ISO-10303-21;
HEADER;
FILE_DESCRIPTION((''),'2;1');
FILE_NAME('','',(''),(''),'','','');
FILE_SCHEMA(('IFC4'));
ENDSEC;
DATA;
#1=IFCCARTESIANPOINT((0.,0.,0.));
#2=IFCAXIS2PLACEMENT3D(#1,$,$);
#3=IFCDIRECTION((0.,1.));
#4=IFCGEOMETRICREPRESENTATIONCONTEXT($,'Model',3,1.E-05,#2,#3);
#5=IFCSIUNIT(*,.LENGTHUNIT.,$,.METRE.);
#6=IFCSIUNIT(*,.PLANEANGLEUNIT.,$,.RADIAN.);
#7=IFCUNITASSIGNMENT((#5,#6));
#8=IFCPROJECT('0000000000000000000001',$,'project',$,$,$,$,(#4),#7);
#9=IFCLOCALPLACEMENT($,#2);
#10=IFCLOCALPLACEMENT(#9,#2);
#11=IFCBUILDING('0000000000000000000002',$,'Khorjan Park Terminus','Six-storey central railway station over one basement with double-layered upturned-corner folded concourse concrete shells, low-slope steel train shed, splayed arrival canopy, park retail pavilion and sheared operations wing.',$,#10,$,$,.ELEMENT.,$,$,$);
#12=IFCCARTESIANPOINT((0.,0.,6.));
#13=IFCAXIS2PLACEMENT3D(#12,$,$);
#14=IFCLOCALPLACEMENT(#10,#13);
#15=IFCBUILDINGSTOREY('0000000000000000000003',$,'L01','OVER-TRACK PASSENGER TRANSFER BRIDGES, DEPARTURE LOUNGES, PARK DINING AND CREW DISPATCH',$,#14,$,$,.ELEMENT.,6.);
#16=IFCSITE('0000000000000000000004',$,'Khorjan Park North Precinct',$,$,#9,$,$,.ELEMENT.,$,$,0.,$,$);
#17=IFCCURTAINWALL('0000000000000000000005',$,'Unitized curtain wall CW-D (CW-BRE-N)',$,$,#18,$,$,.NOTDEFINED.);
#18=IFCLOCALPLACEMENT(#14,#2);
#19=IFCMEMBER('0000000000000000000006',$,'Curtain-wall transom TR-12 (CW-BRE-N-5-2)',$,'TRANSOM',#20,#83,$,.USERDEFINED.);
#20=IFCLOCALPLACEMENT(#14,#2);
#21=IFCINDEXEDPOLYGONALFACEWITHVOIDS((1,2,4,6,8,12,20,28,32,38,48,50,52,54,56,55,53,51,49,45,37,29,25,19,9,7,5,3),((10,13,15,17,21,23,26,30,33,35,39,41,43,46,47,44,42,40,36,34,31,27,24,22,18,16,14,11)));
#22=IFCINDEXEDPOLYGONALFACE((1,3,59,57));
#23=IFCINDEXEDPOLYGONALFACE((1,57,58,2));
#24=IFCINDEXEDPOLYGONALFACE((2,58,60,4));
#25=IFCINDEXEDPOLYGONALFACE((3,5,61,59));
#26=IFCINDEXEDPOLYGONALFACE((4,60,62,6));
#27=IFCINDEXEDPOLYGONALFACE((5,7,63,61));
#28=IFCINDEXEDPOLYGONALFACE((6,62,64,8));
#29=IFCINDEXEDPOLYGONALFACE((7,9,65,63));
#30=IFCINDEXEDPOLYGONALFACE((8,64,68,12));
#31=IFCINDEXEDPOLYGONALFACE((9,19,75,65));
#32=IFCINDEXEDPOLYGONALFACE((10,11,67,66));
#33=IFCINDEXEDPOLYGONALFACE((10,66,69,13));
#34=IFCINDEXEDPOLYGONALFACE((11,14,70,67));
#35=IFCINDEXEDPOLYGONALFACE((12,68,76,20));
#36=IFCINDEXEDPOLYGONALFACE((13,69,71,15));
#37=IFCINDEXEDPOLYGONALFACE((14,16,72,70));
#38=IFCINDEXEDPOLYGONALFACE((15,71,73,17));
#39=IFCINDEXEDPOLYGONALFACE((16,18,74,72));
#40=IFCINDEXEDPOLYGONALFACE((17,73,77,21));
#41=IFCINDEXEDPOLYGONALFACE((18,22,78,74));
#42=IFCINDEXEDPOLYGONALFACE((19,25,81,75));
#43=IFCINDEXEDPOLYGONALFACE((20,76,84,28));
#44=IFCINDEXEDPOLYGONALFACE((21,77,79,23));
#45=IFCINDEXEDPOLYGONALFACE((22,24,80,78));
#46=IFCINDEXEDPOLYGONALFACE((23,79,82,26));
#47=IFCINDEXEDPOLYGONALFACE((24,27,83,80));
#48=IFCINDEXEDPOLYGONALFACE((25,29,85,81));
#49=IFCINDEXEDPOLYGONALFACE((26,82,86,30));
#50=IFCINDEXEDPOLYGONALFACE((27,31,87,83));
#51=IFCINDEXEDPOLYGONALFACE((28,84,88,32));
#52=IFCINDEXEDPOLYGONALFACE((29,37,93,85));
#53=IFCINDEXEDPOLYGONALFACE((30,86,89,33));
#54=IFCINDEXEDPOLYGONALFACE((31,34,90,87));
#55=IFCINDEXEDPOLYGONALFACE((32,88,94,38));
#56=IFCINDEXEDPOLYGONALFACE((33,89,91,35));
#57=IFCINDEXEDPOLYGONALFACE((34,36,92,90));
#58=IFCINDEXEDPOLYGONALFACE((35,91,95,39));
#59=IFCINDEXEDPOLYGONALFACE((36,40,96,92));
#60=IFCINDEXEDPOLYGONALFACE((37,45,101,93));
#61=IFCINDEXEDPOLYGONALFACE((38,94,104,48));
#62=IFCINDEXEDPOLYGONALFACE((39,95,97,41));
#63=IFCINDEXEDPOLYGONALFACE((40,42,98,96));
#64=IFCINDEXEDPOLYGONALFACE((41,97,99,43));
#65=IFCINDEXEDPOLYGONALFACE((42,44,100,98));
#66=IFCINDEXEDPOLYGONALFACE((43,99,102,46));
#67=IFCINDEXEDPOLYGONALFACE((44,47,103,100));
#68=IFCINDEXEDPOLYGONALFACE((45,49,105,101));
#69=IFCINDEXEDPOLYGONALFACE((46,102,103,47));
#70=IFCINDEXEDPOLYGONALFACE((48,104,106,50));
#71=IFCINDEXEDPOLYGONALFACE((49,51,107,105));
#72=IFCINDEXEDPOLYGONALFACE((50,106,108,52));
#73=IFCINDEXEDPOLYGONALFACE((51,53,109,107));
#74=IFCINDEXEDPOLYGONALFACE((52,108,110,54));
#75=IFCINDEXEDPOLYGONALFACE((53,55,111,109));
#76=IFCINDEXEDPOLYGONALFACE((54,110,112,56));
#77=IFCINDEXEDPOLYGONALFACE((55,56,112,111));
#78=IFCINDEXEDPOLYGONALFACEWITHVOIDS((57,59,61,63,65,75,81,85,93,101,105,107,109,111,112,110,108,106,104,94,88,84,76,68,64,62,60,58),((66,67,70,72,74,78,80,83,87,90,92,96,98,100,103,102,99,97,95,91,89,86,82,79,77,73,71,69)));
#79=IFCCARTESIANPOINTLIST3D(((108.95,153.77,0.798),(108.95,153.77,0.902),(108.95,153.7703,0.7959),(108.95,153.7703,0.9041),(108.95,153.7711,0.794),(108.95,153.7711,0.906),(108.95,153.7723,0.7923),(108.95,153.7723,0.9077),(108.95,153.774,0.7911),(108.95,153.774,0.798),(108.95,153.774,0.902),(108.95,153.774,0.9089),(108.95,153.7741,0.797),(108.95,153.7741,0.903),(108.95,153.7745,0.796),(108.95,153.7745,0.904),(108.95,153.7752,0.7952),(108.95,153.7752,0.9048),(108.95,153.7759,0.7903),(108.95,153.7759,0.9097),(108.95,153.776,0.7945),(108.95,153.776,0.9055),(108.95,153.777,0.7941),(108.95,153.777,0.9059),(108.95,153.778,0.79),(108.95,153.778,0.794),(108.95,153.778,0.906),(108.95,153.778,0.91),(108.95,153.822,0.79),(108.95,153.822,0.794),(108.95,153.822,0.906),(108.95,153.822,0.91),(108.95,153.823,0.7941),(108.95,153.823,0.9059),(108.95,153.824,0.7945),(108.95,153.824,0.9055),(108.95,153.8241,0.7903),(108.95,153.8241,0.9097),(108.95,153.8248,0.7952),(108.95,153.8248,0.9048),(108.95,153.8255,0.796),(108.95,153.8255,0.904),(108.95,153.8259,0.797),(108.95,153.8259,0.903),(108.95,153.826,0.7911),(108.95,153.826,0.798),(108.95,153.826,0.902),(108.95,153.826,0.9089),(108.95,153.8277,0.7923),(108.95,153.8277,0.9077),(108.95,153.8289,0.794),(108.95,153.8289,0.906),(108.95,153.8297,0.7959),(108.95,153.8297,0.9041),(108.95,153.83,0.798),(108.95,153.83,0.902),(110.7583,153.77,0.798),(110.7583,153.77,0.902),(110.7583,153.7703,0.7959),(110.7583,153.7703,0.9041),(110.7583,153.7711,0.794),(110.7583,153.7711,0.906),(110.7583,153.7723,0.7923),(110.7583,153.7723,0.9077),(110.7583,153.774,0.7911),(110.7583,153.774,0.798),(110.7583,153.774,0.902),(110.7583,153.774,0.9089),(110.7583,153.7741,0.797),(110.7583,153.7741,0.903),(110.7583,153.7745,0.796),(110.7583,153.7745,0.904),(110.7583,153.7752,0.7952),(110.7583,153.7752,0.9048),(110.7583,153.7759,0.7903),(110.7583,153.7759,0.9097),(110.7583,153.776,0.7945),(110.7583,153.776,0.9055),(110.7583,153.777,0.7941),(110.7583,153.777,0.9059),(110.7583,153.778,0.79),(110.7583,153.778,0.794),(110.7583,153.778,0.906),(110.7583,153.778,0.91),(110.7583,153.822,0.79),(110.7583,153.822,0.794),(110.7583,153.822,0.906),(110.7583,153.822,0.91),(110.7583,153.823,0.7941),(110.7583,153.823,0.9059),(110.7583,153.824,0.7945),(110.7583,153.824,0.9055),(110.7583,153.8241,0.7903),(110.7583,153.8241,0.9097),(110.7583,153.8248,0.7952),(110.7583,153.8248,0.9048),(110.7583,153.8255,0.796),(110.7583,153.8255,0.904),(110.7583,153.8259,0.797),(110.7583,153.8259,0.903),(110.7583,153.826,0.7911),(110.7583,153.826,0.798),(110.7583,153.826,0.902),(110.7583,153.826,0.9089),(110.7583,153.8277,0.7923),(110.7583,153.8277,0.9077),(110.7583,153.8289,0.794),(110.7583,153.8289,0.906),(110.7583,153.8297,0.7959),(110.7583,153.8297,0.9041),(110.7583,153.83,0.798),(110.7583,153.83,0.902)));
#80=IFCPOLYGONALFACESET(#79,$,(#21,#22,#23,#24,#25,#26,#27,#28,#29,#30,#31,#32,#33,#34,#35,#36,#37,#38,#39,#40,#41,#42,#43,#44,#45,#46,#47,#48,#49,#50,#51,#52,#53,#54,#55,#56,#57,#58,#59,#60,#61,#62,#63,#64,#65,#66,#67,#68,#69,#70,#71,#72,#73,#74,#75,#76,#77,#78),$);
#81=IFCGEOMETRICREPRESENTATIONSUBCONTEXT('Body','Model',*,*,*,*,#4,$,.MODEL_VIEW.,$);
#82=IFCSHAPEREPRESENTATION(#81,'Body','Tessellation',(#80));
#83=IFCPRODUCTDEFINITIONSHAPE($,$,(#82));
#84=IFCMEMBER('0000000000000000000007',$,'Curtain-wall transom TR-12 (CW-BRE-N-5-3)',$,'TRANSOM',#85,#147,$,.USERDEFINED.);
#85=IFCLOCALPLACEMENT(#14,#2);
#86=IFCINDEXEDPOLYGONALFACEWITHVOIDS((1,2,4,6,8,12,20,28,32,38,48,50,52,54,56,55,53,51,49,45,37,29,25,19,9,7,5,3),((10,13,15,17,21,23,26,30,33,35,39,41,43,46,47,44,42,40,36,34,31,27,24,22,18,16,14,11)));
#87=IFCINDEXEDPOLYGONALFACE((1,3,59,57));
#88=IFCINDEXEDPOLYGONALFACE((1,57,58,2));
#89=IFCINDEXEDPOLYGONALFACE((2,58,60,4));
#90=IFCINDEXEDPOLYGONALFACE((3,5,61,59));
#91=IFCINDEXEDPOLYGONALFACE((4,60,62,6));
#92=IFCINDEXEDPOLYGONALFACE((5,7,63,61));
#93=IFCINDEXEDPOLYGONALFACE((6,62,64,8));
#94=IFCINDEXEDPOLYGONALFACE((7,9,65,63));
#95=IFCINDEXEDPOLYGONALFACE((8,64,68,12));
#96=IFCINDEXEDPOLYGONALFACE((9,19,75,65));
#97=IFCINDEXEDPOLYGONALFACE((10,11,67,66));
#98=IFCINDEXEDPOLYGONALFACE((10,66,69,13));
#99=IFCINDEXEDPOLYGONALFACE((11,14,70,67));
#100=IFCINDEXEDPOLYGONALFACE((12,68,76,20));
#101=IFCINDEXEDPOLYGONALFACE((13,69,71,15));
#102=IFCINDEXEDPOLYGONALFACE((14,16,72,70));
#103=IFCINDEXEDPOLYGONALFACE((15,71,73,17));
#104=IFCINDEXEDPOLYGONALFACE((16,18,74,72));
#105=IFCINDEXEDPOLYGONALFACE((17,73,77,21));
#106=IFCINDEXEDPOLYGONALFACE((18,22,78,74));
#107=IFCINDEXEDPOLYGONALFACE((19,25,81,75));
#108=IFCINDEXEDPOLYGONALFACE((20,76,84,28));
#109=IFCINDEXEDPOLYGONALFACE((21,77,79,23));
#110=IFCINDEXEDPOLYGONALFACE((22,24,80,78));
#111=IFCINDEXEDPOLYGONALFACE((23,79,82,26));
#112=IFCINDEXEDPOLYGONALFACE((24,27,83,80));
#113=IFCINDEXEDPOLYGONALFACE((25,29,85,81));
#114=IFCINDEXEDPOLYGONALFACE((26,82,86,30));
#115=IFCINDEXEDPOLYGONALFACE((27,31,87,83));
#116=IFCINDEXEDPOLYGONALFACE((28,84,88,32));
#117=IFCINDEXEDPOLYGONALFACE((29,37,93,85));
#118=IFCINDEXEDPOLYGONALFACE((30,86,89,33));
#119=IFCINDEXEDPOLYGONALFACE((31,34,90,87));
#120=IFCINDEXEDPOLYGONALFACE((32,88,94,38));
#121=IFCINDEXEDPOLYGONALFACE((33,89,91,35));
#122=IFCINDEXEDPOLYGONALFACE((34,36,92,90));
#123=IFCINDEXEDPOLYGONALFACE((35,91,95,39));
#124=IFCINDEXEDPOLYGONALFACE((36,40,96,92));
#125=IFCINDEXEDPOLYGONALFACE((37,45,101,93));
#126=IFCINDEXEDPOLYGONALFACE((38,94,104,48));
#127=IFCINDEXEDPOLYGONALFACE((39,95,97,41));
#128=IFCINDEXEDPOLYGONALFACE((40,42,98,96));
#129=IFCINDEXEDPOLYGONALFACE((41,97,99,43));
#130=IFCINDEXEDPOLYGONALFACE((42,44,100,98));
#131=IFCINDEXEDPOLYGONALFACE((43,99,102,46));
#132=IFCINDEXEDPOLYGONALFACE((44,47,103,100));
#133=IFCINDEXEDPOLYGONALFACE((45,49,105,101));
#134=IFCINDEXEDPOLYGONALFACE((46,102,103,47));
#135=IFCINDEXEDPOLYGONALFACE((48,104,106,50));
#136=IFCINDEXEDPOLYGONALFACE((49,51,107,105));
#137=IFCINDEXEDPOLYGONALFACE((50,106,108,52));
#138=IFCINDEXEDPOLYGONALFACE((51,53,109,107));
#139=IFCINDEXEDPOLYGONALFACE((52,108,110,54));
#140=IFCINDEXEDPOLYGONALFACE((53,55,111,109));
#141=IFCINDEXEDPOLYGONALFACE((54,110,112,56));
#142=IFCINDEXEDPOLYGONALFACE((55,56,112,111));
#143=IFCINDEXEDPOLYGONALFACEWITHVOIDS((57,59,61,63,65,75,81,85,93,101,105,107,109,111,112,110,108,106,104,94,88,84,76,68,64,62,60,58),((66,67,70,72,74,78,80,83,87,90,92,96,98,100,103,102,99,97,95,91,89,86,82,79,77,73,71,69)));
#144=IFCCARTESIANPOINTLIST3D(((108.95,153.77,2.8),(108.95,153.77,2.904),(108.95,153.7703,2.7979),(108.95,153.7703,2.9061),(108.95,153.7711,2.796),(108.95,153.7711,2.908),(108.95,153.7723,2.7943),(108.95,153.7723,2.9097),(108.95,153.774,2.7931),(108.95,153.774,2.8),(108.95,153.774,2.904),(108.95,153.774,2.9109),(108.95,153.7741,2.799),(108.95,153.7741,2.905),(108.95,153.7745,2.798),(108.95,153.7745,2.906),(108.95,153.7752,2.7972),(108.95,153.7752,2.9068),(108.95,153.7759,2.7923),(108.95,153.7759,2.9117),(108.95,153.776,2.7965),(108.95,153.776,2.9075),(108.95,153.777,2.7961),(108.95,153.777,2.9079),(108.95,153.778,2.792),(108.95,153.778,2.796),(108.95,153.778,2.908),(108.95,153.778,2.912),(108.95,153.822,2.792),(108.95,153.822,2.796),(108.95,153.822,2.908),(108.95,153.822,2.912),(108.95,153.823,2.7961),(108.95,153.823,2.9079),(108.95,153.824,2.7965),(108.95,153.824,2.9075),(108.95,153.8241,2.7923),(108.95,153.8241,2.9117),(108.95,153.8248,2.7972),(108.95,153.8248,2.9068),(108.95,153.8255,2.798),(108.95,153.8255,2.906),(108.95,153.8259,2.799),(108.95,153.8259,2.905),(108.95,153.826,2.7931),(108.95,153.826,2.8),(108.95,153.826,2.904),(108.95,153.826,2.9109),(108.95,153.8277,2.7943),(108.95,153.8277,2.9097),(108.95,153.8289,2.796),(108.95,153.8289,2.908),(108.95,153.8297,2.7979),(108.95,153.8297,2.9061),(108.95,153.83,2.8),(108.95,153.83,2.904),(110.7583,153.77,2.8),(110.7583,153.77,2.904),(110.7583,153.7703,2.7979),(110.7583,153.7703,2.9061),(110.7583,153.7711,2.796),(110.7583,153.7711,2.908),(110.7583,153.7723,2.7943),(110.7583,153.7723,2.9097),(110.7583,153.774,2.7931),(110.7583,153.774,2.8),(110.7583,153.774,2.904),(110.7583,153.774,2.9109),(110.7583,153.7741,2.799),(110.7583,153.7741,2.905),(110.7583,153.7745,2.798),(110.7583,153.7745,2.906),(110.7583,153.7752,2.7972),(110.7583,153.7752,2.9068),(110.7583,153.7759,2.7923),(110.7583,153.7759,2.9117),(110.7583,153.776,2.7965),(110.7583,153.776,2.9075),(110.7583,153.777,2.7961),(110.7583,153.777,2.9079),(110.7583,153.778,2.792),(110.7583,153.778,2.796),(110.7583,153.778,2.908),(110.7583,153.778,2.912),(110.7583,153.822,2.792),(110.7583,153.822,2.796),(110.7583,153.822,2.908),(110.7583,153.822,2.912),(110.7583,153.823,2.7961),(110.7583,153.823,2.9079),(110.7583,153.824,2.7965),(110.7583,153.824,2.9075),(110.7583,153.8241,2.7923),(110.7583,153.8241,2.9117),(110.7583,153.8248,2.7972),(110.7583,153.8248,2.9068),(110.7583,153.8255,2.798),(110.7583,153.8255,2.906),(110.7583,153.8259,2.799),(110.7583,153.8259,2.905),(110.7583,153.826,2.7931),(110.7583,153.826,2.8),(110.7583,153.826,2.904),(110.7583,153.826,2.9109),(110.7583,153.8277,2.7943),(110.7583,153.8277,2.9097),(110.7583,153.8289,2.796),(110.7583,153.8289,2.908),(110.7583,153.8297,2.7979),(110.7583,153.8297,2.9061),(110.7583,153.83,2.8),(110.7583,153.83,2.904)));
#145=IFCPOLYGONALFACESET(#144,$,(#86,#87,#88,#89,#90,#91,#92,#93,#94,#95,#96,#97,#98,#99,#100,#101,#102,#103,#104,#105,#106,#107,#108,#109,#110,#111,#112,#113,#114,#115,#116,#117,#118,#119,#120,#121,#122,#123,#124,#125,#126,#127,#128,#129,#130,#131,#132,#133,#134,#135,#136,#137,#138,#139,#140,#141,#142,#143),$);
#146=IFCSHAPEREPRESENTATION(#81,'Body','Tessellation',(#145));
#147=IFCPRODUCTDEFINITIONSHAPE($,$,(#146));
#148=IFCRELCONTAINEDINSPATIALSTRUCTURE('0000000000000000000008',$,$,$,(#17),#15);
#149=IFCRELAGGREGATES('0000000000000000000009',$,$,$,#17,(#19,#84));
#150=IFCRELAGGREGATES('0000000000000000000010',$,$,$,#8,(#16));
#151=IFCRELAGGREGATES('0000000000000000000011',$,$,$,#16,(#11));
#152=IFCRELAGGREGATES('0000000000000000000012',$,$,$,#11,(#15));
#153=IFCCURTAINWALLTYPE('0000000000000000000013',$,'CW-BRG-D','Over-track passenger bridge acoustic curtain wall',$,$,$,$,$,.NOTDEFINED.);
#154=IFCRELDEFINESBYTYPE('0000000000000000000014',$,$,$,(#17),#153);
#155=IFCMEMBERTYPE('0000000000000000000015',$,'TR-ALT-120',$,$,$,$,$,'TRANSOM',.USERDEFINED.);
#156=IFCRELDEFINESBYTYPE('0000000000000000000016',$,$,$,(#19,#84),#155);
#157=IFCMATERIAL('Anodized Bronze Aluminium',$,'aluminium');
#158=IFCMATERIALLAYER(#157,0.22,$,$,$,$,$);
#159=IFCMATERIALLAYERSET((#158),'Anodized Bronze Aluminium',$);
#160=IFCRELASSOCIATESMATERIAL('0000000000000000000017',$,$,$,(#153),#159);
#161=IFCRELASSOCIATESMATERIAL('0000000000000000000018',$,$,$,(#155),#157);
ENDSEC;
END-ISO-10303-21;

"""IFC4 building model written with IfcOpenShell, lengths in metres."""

from ifc_helpers import new_model, si_unit, direction, frame, origin, origin_2d, place, context, subcontext, project, spatial, hollow_rectangle, extrude, material, layer, layer_set, material_profile, profile_set, type_object, element, aggregate, save


model = new_model("IFC4")

# Units and contexts
model_context = context("Model", 3, precision=1e-05, world=origin(), true_north=direction((0.0, 1.0)))
body_context = subcontext(model_context, "Body", "Model", "MODEL_VIEW")
ifc_project = project(units=[si_unit("LENGTHUNIT", "METRE"), si_unit("PLANEANGLEUNIT", "RADIAN")], contexts=[model_context])

# Site, building, storey
site_placement = place(None, origin())
site = spatial("IfcSite", under=ifc_project, at=site_placement, Name="Khorjan Park North Precinct", CompositionType="ELEMENT", RefElevation=0.0)
building_placement = place(site_placement, origin())
building = spatial("IfcBuilding", under=site, at=building_placement, Name="Khorjan Park Terminus", Description="Six-storey central railway station over one basement with double-layered upturned-corner folded concourse concrete shells, low-slope steel train shed, splayed arrival canopy, park retail pavilion and sheared operations wing.", CompositionType="ELEMENT")
storey_placement = place(building_placement, frame((0.0, 0.0, 6.0)))
storey = spatial("IfcBuildingStorey", under=building, at=storey_placement, Name="L01", Description="OVER-TRACK PASSENGER TRANSFER BRIDGES, DEPARTURE LOUNGES, PARK DINING AND CREW DISPATCH", CompositionType="ELEMENT", Elevation=6.0)

# Curtain wall, members
ifc_material_1 = material(Name="Anodized Bronze Aluminium", Category="aluminium")
ifc_layer_1 = layer(ifc_material_1, 0.22)
ifc_layer_set_1 = layer_set([ifc_layer_1], Name="Anodized Bronze Aluminium")
curtain_wall_type = type_object("IfcCurtainWallType", Name="CW-BRG-D", Description="Over-track passenger bridge acoustic curtain wall", PredefinedType="NOTDEFINED", material=ifc_layer_set_1)
curtain_wall_placement = place(storey_placement, origin())
curtain_wall = element("IfcCurtainWall", 1, at=curtain_wall_placement, inside=storey, type_object=curtain_wall_type, Name="Unitized curtain wall CW-D (CW-BRE-N)", PredefinedType="NOTDEFINED")
ifc_material_profile_1 = material_profile(ifc_material_1, hollow_rectangle(XDim=0.06, YDim=0.12, WallThickness=0.004, InnerFilletRadius=0.004, OuterFilletRadius=0.008, at=origin_2d()), Name="ALT 60x120x4")
ifc_profile_set_1 = profile_set([ifc_material_profile_1], Name="Anodized Bronze Aluminium")
member_type_1 = type_object("IfcMemberType", Name="TR-ALT-120", ElementType="TRANSOM", PredefinedType="USERDEFINED", material=ifc_profile_set_1)
member_1_placement = place(storey_placement, frame((110.7583, 153.8, 0.85), z_axis=(-1.0, 0.0, 0.0), x_axis=(0.0, -1.0, 0.0)))
member_1 = element("IfcMember", 2, at=member_1_placement, type_object=member_type_1, Name="Curtain-wall transom TR-12 (CW-BRE-N-5-2)", ObjectType="TRANSOM", PredefinedType="USERDEFINED", context=body_context, shape_type="SweptSolid", body=[
    extrude(hollow_rectangle(XDim=0.06, YDim=0.12, WallThickness=0.004, InnerFilletRadius=0.004, OuterFilletRadius=0.008, at=origin_2d()), origin(), (0.0, 0.0, 1.0), 1.8083),
])
member_2_placement = place(storey_placement, frame((110.7583, 153.8, 2.852), z_axis=(-1.0, 0.0, 0.0), x_axis=(0.0, -1.0, 0.0)))
member_2 = element("IfcMember", 3, at=member_2_placement, type_object=member_type_1, Name="Curtain-wall transom TR-12 (CW-BRE-N-5-3)", ObjectType="TRANSOM", PredefinedType="USERDEFINED", context=body_context, shape_type="SweptSolid", body=[
    extrude(hollow_rectangle(XDim=0.06, YDim=0.12, WallThickness=0.004, InnerFilletRadius=0.004, OuterFilletRadius=0.008, at=origin_2d()), origin(), (0.0, 0.0, 1.0), 1.8083),
])
aggregate(curtain_wall, [member_1, member_2])

save(model, "model.ifc")
